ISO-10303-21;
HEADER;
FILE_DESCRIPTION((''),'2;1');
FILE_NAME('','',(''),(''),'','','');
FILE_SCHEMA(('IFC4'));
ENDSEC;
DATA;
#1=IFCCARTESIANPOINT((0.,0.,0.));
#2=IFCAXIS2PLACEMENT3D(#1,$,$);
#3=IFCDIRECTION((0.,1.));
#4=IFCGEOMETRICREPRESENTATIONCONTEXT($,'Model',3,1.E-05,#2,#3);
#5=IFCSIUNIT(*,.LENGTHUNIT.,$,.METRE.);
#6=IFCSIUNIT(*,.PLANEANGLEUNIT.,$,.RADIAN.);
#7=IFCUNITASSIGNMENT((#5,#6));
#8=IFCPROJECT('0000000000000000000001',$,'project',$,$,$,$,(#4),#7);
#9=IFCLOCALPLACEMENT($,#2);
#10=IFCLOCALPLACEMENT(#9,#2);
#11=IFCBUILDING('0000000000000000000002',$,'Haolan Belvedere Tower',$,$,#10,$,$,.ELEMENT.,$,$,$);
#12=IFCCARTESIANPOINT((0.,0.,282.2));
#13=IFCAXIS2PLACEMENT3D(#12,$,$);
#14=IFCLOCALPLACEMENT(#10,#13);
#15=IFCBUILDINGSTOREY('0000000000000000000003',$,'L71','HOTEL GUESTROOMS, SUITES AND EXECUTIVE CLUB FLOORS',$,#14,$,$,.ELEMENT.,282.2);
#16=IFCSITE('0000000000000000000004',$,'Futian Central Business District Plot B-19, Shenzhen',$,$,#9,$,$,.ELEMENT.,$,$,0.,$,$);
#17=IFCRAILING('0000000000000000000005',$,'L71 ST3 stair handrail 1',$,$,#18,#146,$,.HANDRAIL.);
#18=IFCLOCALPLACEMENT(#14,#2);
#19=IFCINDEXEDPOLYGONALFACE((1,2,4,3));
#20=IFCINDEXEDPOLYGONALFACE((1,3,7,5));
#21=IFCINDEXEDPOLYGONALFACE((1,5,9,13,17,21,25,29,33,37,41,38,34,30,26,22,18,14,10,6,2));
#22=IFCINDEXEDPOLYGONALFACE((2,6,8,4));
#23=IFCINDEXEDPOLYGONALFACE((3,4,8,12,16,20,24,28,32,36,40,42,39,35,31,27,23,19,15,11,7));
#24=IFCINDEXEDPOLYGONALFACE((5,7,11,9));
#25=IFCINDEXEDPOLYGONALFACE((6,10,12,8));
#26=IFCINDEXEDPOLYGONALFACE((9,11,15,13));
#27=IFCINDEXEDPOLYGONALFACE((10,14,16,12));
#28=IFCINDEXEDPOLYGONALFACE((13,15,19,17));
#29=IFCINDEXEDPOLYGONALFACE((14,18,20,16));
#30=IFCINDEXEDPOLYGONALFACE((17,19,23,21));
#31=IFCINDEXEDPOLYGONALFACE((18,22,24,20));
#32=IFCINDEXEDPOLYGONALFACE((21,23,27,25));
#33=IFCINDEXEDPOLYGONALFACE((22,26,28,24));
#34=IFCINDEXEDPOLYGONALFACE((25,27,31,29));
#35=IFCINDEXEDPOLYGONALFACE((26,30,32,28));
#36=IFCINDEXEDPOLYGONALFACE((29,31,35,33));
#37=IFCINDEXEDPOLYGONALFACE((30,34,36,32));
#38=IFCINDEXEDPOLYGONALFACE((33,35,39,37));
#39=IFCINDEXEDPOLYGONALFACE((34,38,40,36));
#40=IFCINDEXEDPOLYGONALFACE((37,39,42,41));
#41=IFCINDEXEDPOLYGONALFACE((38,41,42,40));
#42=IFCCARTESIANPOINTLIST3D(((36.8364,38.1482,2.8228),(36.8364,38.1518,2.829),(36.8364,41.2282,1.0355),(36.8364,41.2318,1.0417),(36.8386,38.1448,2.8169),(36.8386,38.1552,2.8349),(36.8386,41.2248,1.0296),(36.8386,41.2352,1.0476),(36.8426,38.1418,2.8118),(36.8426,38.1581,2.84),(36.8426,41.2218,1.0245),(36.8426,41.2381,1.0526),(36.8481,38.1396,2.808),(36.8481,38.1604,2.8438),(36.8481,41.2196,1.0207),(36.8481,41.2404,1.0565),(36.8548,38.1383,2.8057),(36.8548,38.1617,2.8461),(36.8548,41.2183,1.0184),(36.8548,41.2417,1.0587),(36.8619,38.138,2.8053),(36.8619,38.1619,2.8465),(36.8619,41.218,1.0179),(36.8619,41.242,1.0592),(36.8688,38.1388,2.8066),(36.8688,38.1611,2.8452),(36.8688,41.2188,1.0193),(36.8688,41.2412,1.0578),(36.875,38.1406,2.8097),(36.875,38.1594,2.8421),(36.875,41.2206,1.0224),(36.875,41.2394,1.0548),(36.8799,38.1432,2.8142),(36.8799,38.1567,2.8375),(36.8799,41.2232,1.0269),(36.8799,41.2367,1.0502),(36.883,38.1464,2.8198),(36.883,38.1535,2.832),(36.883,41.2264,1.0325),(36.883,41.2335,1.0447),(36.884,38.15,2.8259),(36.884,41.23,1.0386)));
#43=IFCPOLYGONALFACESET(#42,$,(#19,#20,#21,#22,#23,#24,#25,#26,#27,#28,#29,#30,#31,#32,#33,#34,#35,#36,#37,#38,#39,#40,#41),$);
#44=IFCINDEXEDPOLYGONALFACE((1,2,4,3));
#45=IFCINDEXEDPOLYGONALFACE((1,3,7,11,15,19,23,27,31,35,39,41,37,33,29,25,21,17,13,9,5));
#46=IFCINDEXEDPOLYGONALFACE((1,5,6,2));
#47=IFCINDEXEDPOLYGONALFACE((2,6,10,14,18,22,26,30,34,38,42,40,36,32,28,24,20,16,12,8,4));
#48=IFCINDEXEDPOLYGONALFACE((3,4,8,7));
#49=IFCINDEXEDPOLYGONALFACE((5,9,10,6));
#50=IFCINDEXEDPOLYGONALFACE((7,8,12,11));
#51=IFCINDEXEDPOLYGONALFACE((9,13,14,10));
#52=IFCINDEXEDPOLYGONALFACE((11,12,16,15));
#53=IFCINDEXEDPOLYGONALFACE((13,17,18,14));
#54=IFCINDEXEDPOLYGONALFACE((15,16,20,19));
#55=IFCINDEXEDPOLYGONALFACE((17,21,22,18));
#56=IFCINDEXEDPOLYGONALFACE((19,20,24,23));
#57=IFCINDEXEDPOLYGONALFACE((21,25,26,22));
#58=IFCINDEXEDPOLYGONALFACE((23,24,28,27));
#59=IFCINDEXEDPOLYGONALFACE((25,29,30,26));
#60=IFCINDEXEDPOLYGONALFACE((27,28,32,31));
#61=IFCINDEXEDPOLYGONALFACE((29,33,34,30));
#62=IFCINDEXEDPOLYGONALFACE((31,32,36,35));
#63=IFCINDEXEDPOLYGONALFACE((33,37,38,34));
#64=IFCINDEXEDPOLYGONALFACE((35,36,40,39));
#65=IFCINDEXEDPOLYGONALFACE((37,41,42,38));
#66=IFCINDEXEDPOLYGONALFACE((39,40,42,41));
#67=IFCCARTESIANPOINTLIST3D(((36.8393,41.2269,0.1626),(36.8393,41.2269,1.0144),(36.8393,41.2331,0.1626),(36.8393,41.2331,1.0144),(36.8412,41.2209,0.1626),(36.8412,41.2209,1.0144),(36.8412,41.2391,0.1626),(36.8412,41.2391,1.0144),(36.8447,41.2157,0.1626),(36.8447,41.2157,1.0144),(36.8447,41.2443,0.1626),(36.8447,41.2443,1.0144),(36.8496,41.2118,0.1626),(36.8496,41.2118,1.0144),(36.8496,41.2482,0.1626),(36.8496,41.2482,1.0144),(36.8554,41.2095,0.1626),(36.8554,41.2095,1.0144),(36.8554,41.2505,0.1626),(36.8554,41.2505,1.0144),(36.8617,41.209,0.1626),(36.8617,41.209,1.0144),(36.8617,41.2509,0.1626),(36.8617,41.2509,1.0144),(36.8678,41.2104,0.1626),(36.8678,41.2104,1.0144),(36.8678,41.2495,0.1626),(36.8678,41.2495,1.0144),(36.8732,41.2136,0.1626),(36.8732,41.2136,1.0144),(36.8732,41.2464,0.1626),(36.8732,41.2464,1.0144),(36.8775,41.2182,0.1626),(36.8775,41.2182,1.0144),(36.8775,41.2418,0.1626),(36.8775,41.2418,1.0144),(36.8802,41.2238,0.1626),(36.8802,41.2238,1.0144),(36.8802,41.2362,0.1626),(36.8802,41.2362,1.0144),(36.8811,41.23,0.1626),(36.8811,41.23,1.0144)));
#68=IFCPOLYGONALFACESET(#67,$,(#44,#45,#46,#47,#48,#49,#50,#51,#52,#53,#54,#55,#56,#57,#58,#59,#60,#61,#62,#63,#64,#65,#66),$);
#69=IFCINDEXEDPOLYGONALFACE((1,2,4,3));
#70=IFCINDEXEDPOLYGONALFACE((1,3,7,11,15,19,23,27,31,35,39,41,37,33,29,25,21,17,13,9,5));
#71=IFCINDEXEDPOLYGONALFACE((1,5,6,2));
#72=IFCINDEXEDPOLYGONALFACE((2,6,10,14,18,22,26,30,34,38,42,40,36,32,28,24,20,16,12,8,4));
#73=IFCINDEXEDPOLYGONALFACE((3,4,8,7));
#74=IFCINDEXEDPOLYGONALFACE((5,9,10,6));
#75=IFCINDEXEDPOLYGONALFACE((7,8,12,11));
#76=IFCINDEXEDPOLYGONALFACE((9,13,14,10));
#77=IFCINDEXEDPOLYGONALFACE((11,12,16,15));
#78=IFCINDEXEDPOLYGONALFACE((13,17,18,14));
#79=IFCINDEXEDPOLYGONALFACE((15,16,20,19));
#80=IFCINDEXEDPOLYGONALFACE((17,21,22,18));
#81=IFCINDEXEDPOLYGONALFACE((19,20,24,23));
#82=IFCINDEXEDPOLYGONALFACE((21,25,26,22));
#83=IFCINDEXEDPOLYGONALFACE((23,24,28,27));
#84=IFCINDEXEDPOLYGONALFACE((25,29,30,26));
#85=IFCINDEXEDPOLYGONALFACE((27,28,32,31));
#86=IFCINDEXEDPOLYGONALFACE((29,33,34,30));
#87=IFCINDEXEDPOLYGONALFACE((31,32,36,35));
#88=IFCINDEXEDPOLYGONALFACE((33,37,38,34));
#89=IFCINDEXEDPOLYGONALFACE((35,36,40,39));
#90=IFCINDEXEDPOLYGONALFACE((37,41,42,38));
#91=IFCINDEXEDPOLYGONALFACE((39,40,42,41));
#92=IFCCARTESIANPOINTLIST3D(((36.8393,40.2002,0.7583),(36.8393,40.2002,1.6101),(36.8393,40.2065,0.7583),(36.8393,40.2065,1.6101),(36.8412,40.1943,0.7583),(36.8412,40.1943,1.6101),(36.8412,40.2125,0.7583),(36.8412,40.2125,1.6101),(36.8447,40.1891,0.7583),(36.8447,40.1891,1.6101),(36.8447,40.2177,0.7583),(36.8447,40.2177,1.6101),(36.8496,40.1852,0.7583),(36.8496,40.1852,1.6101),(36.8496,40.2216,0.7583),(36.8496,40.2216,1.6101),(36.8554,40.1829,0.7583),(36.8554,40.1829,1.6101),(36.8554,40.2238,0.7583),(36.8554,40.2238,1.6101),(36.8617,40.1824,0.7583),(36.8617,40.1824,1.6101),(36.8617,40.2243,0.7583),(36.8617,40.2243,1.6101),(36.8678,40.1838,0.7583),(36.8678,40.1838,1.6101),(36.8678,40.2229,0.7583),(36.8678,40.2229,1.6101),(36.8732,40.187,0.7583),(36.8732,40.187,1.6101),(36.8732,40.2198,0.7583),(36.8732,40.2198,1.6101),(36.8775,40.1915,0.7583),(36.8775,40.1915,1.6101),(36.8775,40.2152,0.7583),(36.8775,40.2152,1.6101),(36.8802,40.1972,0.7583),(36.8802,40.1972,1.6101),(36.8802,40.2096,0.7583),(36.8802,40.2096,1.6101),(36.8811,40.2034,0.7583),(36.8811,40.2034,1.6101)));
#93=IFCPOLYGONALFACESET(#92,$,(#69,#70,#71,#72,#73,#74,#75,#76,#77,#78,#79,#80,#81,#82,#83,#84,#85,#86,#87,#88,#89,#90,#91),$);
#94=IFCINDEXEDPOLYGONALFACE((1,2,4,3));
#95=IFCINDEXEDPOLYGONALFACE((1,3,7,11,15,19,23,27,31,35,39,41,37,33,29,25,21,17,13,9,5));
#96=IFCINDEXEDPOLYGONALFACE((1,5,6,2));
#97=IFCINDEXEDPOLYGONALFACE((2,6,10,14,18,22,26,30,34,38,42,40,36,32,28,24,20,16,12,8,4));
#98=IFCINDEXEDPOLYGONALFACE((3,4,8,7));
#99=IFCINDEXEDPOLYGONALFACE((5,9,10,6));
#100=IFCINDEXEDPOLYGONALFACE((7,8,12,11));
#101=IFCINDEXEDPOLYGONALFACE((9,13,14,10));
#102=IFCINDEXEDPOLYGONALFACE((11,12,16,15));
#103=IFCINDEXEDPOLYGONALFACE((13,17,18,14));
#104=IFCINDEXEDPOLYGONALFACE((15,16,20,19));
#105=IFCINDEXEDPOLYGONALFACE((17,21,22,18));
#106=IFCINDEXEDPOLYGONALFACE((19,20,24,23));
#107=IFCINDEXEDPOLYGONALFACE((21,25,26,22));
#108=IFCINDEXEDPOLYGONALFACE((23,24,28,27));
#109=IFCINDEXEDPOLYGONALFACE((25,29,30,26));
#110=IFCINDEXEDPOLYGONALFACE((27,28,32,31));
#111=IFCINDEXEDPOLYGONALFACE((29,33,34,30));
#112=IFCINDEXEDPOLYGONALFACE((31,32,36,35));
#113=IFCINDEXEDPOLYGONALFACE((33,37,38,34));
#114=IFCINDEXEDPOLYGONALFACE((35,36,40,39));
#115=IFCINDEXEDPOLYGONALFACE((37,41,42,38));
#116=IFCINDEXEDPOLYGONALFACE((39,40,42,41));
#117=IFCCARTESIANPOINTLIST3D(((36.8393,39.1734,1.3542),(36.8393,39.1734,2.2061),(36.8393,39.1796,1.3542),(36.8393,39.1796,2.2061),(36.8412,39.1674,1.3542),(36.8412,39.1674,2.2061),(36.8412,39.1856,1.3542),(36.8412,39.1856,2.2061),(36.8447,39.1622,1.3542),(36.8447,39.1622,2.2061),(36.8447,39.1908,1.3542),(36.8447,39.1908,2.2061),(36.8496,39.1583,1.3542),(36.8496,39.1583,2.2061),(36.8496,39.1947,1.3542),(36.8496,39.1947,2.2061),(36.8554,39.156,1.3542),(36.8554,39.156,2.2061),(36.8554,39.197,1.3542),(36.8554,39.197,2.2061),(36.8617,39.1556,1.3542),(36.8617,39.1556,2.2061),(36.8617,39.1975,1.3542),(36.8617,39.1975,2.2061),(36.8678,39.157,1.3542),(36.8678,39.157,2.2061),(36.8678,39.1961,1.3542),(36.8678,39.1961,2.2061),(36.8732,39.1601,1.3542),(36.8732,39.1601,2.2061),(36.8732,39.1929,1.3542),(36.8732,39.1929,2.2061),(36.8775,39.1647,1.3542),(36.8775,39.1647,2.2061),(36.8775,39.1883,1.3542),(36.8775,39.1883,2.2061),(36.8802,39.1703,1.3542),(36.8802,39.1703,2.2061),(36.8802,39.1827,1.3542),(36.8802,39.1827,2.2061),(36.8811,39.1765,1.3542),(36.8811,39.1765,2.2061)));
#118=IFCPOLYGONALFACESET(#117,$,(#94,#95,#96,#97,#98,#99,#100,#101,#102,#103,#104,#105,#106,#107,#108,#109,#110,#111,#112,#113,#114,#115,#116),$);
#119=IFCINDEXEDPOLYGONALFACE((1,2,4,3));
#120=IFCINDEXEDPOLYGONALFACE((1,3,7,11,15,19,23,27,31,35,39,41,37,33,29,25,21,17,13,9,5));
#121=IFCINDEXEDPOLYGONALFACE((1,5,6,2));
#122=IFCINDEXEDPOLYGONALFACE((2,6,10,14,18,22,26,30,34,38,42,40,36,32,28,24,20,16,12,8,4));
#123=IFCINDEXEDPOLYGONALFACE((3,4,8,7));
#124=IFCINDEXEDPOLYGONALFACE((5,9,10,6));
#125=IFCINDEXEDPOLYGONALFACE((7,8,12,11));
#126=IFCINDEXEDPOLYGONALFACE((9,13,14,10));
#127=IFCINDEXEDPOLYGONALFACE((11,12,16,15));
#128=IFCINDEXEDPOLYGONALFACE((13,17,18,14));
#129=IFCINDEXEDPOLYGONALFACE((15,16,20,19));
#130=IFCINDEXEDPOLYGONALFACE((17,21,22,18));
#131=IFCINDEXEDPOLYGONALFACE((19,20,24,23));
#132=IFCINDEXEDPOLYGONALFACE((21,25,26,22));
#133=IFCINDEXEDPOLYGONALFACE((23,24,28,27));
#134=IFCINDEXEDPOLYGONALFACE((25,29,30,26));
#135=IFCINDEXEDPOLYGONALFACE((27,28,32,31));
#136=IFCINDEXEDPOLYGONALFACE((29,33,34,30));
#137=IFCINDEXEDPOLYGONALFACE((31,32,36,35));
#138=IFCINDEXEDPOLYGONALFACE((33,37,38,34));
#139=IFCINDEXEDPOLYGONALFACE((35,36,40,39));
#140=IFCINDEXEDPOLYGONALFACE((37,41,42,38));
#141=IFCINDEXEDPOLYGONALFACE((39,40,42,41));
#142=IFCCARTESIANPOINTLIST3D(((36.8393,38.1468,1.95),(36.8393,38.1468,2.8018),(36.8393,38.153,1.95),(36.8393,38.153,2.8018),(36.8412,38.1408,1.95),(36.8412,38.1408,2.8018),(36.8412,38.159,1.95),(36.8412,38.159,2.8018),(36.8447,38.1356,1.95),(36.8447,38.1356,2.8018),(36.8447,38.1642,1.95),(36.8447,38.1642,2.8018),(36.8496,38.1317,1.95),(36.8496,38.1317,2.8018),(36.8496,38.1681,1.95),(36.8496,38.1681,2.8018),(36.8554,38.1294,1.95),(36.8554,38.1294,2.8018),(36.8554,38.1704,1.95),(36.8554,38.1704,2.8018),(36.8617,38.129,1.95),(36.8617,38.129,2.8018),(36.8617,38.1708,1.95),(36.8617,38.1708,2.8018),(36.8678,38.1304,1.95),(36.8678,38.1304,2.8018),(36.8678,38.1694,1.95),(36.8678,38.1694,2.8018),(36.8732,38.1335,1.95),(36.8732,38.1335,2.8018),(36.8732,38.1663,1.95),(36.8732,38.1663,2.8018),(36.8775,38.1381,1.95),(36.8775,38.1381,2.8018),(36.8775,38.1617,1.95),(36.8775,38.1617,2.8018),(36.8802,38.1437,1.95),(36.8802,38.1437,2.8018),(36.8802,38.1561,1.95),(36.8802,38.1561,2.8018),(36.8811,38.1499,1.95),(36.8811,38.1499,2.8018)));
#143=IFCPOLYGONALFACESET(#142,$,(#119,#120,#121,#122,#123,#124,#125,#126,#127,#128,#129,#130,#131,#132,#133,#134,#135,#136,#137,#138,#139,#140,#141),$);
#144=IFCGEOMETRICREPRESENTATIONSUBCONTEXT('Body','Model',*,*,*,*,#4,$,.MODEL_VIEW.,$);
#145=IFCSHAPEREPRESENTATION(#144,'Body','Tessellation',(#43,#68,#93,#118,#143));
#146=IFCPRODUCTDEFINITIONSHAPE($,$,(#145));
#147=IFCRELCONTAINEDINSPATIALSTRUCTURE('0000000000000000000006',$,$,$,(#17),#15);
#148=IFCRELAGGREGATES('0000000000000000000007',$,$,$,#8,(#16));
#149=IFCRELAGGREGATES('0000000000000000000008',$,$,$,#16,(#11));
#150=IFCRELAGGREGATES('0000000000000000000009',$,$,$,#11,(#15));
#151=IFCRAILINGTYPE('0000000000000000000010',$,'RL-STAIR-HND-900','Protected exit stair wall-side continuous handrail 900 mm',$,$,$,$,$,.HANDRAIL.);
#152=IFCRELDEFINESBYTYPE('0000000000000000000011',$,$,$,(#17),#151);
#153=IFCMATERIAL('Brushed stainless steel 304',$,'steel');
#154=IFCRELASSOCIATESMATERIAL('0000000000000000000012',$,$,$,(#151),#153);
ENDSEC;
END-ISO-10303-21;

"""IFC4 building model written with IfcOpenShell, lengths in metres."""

from ifc_helpers import new_model, si_unit, direction, frame, origin, origin_2d, place, context, subcontext, project, spatial, circle, extrude, material, type_object, element, save


model = new_model("IFC4")

# Units and contexts
model_context = context("Model", 3, precision=1e-05, world=origin(), true_north=direction((0.0, 1.0)))
body_context = subcontext(model_context, "Body", "Model", "MODEL_VIEW")
ifc_project = project(units=[si_unit("LENGTHUNIT", "METRE"), si_unit("PLANEANGLEUNIT", "RADIAN")], contexts=[model_context])

# Site, building, storey
site_placement = place(None, origin())
site = spatial("IfcSite", under=ifc_project, at=site_placement, Name="Futian Central Business District Plot B-19, Shenzhen", CompositionType="ELEMENT", RefElevation=0.0)
building_placement = place(site_placement, origin())
building = spatial("IfcBuilding", under=site, at=building_placement, Name="Haolan Belvedere Tower", CompositionType="ELEMENT")
storey_placement = place(building_placement, frame((0.0, 0.0, 282.2)))
storey = spatial("IfcBuildingStorey", under=building, at=storey_placement, Name="L71", Description="HOTEL GUESTROOMS, SUITES AND EXECUTIVE CLUB FLOORS", CompositionType="ELEMENT", Elevation=282.2)

# Railing
ifc_material_1 = material(Name="Brushed stainless steel 304", Category="steel")
railing_type_1 = type_object("IfcRailingType", Name="RL-STAIR-HND-900", Description="Protected exit stair wall-side continuous handrail 900 mm", PredefinedType="HANDRAIL", material=ifc_material_1)
railing_1_placement = place(storey_placement, frame((36.8601, 41.23, 0.1626)))
element("IfcRailing", 1, at=railing_1_placement, inside=storey, type_object=railing_type_1, Name="L71 ST3 stair handrail 1", PredefinedType="HANDRAIL", context=body_context, shape_type="SweptSolid", body=[
    extrude(circle(Radius=0.0239, at=origin_2d()), frame((0.0, 0.0, 0.876), z_axis=(0.0, -0.86492, 0.501909), x_axis=(1.0, 0.0, 0.0)), (0.0, 0.0, 1.0), 3.561),
    extrude(circle(Radius=0.021, at=origin_2d()), origin(), (0.0, 0.0, 1.0), 0.8518),
    extrude(circle(Radius=0.021, at=origin_2d()), frame((0.0, -1.0266, 0.5957)), (0.0, 0.0, 1.0), 0.8518),
    extrude(circle(Radius=0.021, at=origin_2d()), frame((0.0, -2.0535, 1.1917)), (0.0, 0.0, 1.0), 0.8518),
    extrude(circle(Radius=0.021, at=origin_2d()), frame((0.0, -3.0801, 1.7874)), (0.0, 0.0, 1.0), 0.8518),
])

save(model, "model.ifc")
